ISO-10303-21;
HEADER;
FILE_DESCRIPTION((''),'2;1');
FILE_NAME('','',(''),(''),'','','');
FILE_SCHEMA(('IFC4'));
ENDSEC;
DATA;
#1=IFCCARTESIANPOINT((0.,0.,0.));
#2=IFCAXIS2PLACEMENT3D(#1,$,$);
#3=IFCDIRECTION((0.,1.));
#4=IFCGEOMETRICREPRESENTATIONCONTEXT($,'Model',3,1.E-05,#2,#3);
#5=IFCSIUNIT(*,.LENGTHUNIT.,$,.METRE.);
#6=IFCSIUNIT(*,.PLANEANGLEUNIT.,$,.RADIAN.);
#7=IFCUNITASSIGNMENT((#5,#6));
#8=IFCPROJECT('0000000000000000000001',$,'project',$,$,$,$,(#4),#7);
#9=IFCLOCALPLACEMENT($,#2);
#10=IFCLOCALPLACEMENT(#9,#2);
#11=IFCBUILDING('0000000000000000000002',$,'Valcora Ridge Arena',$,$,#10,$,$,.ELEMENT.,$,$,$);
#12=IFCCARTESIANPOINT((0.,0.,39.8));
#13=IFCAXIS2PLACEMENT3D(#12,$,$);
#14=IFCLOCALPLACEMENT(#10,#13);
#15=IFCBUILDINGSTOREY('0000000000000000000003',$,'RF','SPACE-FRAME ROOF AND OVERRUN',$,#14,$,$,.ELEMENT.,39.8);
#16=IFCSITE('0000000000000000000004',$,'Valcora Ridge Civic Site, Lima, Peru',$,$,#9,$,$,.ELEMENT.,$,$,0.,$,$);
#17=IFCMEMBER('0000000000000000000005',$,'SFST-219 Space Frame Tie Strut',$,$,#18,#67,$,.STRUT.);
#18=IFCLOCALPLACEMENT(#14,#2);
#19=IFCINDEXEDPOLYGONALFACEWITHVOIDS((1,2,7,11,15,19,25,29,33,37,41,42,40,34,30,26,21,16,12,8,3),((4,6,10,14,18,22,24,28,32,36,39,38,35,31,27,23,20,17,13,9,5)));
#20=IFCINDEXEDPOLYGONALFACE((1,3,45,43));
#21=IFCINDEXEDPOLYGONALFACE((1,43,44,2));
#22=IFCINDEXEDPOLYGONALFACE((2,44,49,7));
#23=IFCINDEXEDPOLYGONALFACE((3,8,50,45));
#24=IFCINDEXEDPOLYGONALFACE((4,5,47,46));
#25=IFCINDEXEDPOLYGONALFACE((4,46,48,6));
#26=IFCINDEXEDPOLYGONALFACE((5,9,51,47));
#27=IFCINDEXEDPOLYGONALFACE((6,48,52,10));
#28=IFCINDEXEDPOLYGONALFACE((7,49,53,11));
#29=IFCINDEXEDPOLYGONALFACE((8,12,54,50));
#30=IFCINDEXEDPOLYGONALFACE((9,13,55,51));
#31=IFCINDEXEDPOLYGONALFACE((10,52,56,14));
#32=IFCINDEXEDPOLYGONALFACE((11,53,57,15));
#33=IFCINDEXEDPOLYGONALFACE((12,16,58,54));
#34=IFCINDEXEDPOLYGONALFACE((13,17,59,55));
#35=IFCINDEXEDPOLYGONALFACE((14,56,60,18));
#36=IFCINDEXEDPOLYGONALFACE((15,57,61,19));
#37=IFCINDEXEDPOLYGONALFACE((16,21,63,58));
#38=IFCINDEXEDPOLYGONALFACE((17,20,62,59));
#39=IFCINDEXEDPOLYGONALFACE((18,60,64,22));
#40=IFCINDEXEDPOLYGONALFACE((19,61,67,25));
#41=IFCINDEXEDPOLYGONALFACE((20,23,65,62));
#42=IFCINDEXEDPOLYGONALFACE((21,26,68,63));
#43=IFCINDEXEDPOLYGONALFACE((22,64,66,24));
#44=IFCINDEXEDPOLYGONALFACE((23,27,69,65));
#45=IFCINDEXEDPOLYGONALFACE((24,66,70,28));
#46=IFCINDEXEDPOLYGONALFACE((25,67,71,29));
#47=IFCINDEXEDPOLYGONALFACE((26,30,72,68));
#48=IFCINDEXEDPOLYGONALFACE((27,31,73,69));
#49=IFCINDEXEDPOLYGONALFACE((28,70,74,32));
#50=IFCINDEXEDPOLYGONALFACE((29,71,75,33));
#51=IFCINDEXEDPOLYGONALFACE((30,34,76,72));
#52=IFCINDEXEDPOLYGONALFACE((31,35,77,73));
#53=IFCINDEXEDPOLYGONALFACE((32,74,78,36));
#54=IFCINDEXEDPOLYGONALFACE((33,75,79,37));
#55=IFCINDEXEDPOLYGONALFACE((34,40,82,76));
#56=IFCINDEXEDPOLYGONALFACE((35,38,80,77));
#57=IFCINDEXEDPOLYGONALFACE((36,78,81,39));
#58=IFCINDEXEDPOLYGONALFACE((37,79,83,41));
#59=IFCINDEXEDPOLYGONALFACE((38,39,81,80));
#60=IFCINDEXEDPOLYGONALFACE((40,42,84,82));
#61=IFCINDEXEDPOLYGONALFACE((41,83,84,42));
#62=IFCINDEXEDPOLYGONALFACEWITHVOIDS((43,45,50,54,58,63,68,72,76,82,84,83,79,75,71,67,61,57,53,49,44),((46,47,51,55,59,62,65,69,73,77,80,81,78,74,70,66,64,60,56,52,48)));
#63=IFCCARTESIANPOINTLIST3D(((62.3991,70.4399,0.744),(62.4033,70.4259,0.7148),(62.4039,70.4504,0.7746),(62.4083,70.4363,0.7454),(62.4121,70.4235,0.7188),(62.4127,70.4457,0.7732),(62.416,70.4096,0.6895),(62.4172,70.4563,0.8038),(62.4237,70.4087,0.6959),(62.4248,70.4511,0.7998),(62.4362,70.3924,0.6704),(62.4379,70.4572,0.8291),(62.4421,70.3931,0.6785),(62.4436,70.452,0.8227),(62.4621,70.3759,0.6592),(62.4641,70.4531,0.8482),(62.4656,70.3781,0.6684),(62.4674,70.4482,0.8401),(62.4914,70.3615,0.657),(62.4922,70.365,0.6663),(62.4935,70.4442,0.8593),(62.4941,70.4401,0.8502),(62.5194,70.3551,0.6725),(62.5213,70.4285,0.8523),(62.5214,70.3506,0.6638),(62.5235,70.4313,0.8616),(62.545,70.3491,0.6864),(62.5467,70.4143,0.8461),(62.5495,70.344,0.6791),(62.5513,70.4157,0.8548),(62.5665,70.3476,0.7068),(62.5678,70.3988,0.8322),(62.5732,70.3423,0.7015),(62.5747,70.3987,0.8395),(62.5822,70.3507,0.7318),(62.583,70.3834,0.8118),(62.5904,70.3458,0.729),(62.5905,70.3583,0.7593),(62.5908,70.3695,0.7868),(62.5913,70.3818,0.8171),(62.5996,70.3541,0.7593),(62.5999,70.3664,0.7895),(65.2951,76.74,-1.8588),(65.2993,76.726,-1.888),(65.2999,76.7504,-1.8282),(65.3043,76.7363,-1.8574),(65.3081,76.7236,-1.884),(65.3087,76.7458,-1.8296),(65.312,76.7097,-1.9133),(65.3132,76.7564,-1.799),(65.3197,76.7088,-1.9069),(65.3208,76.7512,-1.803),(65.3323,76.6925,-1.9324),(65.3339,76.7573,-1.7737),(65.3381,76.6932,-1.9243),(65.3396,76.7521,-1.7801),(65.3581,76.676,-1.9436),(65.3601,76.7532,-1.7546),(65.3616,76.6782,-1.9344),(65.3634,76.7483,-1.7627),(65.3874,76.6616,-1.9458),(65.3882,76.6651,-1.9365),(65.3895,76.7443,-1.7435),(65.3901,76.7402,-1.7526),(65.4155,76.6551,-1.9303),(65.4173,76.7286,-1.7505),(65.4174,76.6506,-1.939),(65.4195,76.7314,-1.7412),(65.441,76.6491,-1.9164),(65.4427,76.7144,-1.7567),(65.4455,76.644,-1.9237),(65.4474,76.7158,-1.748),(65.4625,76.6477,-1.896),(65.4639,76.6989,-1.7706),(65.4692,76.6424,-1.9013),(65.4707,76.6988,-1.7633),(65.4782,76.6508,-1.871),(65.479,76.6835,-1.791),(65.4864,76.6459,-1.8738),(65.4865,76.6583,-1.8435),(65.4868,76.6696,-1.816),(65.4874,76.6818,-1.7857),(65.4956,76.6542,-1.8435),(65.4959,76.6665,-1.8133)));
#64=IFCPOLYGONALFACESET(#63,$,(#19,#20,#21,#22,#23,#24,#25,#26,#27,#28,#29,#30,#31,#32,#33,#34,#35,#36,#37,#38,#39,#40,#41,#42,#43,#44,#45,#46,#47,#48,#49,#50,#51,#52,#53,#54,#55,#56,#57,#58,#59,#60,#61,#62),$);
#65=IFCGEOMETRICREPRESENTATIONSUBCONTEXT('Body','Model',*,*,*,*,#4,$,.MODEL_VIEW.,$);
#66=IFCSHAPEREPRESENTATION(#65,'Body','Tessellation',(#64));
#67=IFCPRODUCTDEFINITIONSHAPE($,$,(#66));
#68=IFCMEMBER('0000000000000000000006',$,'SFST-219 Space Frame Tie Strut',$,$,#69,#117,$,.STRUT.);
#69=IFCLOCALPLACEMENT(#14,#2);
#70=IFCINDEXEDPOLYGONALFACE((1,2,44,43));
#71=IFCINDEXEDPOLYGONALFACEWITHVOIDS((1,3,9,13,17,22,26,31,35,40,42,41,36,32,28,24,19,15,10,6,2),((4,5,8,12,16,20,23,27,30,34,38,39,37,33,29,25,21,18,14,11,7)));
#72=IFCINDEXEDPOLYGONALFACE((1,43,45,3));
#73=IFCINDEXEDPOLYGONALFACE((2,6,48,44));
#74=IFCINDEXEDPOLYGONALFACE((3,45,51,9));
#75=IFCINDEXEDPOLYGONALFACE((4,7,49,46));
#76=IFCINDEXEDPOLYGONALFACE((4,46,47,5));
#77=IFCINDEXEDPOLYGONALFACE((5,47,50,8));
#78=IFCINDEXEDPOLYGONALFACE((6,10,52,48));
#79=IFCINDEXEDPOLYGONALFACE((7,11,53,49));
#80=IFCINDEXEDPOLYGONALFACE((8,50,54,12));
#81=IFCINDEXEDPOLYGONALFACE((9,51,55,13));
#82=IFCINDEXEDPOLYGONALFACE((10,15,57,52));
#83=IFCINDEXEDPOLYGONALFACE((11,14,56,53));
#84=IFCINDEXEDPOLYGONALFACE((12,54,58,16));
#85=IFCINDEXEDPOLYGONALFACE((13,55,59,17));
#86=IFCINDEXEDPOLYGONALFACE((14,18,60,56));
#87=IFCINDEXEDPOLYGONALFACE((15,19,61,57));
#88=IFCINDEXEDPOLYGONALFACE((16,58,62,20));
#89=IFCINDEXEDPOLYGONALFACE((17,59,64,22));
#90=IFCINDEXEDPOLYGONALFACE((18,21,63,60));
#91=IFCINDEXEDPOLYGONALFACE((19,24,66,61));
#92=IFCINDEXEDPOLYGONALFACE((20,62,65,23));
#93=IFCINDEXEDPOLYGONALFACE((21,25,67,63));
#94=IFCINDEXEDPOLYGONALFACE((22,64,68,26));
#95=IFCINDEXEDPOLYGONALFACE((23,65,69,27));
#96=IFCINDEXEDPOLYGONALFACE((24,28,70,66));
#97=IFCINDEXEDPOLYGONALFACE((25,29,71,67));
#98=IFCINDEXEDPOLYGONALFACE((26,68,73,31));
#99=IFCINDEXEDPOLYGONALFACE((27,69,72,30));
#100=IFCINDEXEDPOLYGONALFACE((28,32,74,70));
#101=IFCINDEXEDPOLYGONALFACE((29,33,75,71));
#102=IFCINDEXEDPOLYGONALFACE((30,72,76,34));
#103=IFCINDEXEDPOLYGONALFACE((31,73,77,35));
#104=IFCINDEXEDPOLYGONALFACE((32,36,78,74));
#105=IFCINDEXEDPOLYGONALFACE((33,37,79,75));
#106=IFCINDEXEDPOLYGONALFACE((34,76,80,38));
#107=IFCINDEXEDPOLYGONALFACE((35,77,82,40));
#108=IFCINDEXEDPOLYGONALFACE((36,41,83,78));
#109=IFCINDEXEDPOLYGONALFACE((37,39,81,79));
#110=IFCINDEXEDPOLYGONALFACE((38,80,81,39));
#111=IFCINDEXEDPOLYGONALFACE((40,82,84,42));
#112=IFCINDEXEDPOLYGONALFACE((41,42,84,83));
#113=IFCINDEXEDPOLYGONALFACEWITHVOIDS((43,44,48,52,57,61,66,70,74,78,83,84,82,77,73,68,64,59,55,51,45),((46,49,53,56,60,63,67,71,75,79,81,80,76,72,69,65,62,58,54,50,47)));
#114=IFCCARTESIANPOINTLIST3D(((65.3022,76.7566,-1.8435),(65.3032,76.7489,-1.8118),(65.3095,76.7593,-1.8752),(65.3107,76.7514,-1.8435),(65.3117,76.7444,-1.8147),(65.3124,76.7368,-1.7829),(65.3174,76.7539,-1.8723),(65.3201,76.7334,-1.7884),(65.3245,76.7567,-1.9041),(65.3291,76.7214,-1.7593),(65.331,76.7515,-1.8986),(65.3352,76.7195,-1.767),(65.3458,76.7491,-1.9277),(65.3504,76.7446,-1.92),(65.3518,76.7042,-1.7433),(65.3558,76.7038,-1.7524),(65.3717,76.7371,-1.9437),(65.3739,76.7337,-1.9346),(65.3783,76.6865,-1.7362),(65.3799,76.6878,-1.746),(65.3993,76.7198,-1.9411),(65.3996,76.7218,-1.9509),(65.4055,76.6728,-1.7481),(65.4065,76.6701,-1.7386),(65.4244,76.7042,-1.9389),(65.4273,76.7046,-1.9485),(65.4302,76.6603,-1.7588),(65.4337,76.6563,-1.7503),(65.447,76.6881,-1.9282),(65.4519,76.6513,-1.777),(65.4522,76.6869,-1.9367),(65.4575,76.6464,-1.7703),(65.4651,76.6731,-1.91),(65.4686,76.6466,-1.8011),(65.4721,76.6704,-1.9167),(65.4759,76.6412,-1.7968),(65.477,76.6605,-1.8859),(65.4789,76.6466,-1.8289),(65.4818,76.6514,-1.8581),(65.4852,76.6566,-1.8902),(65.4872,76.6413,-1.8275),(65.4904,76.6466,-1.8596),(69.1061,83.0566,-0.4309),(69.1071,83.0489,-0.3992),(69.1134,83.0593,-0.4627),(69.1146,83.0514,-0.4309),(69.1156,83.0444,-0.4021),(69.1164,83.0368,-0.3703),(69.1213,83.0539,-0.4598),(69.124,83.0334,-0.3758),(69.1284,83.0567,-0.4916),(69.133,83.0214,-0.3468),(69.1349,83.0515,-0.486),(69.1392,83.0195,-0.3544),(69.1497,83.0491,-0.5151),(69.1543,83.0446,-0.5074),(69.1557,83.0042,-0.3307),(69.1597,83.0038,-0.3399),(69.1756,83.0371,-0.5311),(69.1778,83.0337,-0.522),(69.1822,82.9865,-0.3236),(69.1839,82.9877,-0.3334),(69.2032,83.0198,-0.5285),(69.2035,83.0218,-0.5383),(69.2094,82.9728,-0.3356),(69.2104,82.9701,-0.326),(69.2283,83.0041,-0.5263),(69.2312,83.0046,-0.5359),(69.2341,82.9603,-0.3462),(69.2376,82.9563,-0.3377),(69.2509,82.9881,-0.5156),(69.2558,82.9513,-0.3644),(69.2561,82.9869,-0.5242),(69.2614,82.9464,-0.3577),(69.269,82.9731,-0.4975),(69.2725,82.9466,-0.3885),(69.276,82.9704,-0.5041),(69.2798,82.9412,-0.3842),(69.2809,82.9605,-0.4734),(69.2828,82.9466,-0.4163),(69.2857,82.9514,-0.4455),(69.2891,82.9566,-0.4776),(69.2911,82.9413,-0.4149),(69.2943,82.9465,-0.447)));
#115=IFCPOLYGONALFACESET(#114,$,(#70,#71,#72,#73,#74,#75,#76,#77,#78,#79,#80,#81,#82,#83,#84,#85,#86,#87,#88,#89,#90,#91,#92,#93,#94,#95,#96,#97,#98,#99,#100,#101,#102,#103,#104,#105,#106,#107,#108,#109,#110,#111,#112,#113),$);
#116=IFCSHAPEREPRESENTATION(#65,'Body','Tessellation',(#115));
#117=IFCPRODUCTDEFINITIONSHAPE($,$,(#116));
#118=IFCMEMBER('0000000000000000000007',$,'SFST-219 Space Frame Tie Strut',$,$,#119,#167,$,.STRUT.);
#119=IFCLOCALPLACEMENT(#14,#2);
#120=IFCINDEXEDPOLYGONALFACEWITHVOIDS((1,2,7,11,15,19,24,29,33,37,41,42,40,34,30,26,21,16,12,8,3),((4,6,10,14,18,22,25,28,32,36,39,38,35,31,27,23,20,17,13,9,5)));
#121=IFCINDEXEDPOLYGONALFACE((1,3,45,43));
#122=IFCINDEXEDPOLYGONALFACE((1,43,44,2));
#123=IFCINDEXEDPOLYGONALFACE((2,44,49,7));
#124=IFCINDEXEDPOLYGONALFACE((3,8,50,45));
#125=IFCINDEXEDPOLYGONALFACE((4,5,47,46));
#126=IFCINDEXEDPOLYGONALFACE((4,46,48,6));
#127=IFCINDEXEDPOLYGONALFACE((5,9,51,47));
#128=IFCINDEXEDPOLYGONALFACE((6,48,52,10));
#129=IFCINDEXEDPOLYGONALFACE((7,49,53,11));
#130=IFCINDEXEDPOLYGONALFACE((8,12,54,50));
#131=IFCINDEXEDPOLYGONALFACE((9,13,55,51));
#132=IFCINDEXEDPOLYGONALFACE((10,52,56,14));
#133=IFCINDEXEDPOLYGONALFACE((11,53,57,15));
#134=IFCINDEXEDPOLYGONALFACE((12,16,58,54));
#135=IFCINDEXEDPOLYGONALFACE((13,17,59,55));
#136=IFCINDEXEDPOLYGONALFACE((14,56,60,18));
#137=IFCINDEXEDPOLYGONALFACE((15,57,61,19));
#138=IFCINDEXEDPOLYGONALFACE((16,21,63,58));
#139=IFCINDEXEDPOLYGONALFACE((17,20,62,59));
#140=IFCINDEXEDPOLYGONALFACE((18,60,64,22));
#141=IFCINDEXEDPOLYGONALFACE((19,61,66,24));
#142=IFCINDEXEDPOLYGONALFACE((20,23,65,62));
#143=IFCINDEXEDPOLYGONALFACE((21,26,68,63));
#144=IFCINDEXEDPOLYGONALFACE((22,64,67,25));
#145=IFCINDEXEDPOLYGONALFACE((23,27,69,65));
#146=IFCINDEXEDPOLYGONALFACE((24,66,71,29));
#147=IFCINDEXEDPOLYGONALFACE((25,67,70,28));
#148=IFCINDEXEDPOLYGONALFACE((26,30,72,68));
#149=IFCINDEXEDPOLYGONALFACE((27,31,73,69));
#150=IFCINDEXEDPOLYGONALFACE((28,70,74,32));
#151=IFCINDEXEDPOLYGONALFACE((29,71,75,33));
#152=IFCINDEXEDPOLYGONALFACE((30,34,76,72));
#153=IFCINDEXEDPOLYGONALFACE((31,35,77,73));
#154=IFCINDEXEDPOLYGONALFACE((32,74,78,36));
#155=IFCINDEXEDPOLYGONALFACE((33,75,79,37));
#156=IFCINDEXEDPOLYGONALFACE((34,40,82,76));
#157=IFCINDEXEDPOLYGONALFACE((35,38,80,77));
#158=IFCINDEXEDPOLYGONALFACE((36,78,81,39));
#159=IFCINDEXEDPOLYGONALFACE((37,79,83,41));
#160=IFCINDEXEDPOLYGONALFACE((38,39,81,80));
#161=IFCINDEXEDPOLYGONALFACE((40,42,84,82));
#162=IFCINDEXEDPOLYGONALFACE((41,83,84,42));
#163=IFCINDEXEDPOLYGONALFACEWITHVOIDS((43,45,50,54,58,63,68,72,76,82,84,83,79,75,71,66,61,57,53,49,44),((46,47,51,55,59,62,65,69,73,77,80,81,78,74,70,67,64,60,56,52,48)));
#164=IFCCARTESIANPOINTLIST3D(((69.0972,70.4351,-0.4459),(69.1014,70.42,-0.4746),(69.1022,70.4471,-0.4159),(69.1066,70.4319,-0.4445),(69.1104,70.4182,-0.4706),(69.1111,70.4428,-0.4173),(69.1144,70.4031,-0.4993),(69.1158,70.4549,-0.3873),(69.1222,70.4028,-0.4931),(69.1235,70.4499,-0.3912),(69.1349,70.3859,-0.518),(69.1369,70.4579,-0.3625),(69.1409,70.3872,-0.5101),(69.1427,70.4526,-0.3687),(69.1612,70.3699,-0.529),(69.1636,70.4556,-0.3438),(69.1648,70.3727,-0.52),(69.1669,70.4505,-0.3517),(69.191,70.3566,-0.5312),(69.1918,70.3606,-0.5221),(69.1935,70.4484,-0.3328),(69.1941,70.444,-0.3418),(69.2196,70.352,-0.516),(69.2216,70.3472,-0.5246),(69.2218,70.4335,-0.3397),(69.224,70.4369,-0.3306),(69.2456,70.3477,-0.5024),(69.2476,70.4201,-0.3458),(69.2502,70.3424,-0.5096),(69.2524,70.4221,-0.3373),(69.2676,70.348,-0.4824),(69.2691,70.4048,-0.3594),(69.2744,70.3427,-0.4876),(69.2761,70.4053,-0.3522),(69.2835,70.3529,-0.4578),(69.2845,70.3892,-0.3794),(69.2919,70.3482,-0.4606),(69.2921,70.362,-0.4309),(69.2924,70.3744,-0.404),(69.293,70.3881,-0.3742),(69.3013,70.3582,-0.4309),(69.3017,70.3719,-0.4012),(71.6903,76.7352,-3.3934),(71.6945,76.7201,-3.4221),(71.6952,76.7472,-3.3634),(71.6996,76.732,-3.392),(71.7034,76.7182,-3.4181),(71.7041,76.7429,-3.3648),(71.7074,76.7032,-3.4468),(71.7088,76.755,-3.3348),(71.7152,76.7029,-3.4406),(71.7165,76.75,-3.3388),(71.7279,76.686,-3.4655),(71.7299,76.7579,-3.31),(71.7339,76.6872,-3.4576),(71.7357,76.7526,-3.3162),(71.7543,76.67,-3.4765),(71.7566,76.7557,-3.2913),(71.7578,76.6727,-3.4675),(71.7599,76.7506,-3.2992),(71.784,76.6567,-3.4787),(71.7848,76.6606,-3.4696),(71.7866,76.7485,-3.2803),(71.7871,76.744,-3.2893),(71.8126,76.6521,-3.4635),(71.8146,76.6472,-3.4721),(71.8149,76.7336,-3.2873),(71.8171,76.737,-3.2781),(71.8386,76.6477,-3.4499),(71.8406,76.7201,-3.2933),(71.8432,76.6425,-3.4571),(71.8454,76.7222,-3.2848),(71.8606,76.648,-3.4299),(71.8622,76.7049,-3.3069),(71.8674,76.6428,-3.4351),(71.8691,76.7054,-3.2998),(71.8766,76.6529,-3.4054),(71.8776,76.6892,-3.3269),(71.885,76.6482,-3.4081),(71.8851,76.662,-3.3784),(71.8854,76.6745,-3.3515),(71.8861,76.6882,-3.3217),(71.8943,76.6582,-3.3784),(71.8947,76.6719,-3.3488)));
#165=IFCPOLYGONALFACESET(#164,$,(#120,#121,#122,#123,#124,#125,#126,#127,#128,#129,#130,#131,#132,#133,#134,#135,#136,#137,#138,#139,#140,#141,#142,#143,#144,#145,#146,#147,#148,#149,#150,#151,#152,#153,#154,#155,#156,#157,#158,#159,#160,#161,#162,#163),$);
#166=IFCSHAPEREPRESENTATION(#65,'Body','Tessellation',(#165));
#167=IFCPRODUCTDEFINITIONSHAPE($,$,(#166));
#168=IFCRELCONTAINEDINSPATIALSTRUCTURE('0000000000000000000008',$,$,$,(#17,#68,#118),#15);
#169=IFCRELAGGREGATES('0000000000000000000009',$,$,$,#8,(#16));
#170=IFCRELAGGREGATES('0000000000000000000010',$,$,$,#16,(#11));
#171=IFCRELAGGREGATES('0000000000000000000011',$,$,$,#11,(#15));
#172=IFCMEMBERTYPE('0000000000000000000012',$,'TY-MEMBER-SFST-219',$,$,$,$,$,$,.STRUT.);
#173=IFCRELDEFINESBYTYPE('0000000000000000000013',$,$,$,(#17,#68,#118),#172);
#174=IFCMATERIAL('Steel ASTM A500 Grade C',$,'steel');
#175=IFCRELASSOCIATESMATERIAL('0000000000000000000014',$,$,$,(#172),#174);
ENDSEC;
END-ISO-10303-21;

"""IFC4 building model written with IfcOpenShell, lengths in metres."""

from ifc_helpers import new_model, si_unit, direction, frame, origin, origin_2d, place, context, subcontext, project, spatial, hollow_circle, extrude, material, material_profile, profile_set, type_object, element, save


model = new_model("IFC4")

# Units and contexts
model_context = context("Model", 3, precision=1e-05, world=origin(), true_north=direction((0.0, 1.0)))
body_context = subcontext(model_context, "Body", "Model", "MODEL_VIEW")
ifc_project = project(units=[si_unit("LENGTHUNIT", "METRE"), si_unit("PLANEANGLEUNIT", "RADIAN")], contexts=[model_context])

# Site, building, storey
site_placement = place(None, origin())
site = spatial("IfcSite", under=ifc_project, at=site_placement, Name="Valcora Ridge Civic Site, Lima, Peru", CompositionType="ELEMENT", RefElevation=0.0)
building_placement = place(site_placement, origin())
building = spatial("IfcBuilding", under=site, at=building_placement, Name="Valcora Ridge Arena", CompositionType="ELEMENT")
storey_placement = place(building_placement, frame((0.0, 0.0, 39.8)))
storey = spatial("IfcBuildingStorey", under=building, at=storey_placement, Name="RF", Description="SPACE-FRAME ROOF AND OVERRUN", CompositionType="ELEMENT", Elevation=39.8)

# Members
ifc_material_1 = material(Name="Steel ASTM A500 Grade C", Category="steel")
ifc_material_profile_1 = material_profile(ifc_material_1, hollow_circle(Radius=0.1096, WallThickness=0.01, at=origin_2d()), Name="CHS219X10")
ifc_profile_set_1 = profile_set([ifc_material_profile_1], Name="Steel ASTM A500 Grade C")
member_type_1 = type_object("IfcMemberType", Name="TY-MEMBER-SFST-219", PredefinedType="STRUT", material=ifc_profile_set_1)
member_1_placement = place(storey_placement, frame((65.396, 76.7, -1.8435), z_axis=(-0.391023, -0.850645, 0.351433), x_axis=(0.908601, -0.417664, 0.0)))
element("IfcMember", 1, at=member_1_placement, inside=storey, type_object=member_type_1, Name="SFST-219 Space Frame Tie Strut", PredefinedType="STRUT", context=body_context, shape_type="SweptSolid", body=[
    extrude(hollow_circle(Radius=0.1096, WallThickness=0.01, at=origin_2d()), origin(), (0.0, 0.0, 1.0), 7.4062),
])
member_2_placement = place(storey_placement, frame((65.396, 76.7, -1.8435), z_axis=(0.507618, 0.840708, 0.188504), x_axis=(-0.856055, 0.516884, 0.0)))
element("IfcMember", 2, at=member_2_placement, inside=storey, type_object=member_type_1, Name="SFST-219 Space Frame Tie Strut", PredefinedType="STRUT", context=body_context, shape_type="SweptSolid", body=[
    extrude(hollow_circle(Radius=0.1096, WallThickness=0.01, at=origin_2d()), origin(), (0.0, 0.0, 1.0), 7.4937),
])
member_3_placement = place(storey_placement, frame((71.793, 76.7, -3.3784), z_axis=(-0.349318, -0.84871, 0.397074), x_axis=(0.924736, -0.380609, 0.0)))
element("IfcMember", 3, at=member_3_placement, inside=storey, type_object=member_type_1, Name="SFST-219 Space Frame Tie Strut", PredefinedType="STRUT", context=body_context, shape_type="SweptSolid", body=[
    extrude(hollow_circle(Radius=0.1096, WallThickness=0.01, at=origin_2d()), origin(), (0.0, 0.0, 1.0), 7.4231),
])

save(model, "model.ifc")
